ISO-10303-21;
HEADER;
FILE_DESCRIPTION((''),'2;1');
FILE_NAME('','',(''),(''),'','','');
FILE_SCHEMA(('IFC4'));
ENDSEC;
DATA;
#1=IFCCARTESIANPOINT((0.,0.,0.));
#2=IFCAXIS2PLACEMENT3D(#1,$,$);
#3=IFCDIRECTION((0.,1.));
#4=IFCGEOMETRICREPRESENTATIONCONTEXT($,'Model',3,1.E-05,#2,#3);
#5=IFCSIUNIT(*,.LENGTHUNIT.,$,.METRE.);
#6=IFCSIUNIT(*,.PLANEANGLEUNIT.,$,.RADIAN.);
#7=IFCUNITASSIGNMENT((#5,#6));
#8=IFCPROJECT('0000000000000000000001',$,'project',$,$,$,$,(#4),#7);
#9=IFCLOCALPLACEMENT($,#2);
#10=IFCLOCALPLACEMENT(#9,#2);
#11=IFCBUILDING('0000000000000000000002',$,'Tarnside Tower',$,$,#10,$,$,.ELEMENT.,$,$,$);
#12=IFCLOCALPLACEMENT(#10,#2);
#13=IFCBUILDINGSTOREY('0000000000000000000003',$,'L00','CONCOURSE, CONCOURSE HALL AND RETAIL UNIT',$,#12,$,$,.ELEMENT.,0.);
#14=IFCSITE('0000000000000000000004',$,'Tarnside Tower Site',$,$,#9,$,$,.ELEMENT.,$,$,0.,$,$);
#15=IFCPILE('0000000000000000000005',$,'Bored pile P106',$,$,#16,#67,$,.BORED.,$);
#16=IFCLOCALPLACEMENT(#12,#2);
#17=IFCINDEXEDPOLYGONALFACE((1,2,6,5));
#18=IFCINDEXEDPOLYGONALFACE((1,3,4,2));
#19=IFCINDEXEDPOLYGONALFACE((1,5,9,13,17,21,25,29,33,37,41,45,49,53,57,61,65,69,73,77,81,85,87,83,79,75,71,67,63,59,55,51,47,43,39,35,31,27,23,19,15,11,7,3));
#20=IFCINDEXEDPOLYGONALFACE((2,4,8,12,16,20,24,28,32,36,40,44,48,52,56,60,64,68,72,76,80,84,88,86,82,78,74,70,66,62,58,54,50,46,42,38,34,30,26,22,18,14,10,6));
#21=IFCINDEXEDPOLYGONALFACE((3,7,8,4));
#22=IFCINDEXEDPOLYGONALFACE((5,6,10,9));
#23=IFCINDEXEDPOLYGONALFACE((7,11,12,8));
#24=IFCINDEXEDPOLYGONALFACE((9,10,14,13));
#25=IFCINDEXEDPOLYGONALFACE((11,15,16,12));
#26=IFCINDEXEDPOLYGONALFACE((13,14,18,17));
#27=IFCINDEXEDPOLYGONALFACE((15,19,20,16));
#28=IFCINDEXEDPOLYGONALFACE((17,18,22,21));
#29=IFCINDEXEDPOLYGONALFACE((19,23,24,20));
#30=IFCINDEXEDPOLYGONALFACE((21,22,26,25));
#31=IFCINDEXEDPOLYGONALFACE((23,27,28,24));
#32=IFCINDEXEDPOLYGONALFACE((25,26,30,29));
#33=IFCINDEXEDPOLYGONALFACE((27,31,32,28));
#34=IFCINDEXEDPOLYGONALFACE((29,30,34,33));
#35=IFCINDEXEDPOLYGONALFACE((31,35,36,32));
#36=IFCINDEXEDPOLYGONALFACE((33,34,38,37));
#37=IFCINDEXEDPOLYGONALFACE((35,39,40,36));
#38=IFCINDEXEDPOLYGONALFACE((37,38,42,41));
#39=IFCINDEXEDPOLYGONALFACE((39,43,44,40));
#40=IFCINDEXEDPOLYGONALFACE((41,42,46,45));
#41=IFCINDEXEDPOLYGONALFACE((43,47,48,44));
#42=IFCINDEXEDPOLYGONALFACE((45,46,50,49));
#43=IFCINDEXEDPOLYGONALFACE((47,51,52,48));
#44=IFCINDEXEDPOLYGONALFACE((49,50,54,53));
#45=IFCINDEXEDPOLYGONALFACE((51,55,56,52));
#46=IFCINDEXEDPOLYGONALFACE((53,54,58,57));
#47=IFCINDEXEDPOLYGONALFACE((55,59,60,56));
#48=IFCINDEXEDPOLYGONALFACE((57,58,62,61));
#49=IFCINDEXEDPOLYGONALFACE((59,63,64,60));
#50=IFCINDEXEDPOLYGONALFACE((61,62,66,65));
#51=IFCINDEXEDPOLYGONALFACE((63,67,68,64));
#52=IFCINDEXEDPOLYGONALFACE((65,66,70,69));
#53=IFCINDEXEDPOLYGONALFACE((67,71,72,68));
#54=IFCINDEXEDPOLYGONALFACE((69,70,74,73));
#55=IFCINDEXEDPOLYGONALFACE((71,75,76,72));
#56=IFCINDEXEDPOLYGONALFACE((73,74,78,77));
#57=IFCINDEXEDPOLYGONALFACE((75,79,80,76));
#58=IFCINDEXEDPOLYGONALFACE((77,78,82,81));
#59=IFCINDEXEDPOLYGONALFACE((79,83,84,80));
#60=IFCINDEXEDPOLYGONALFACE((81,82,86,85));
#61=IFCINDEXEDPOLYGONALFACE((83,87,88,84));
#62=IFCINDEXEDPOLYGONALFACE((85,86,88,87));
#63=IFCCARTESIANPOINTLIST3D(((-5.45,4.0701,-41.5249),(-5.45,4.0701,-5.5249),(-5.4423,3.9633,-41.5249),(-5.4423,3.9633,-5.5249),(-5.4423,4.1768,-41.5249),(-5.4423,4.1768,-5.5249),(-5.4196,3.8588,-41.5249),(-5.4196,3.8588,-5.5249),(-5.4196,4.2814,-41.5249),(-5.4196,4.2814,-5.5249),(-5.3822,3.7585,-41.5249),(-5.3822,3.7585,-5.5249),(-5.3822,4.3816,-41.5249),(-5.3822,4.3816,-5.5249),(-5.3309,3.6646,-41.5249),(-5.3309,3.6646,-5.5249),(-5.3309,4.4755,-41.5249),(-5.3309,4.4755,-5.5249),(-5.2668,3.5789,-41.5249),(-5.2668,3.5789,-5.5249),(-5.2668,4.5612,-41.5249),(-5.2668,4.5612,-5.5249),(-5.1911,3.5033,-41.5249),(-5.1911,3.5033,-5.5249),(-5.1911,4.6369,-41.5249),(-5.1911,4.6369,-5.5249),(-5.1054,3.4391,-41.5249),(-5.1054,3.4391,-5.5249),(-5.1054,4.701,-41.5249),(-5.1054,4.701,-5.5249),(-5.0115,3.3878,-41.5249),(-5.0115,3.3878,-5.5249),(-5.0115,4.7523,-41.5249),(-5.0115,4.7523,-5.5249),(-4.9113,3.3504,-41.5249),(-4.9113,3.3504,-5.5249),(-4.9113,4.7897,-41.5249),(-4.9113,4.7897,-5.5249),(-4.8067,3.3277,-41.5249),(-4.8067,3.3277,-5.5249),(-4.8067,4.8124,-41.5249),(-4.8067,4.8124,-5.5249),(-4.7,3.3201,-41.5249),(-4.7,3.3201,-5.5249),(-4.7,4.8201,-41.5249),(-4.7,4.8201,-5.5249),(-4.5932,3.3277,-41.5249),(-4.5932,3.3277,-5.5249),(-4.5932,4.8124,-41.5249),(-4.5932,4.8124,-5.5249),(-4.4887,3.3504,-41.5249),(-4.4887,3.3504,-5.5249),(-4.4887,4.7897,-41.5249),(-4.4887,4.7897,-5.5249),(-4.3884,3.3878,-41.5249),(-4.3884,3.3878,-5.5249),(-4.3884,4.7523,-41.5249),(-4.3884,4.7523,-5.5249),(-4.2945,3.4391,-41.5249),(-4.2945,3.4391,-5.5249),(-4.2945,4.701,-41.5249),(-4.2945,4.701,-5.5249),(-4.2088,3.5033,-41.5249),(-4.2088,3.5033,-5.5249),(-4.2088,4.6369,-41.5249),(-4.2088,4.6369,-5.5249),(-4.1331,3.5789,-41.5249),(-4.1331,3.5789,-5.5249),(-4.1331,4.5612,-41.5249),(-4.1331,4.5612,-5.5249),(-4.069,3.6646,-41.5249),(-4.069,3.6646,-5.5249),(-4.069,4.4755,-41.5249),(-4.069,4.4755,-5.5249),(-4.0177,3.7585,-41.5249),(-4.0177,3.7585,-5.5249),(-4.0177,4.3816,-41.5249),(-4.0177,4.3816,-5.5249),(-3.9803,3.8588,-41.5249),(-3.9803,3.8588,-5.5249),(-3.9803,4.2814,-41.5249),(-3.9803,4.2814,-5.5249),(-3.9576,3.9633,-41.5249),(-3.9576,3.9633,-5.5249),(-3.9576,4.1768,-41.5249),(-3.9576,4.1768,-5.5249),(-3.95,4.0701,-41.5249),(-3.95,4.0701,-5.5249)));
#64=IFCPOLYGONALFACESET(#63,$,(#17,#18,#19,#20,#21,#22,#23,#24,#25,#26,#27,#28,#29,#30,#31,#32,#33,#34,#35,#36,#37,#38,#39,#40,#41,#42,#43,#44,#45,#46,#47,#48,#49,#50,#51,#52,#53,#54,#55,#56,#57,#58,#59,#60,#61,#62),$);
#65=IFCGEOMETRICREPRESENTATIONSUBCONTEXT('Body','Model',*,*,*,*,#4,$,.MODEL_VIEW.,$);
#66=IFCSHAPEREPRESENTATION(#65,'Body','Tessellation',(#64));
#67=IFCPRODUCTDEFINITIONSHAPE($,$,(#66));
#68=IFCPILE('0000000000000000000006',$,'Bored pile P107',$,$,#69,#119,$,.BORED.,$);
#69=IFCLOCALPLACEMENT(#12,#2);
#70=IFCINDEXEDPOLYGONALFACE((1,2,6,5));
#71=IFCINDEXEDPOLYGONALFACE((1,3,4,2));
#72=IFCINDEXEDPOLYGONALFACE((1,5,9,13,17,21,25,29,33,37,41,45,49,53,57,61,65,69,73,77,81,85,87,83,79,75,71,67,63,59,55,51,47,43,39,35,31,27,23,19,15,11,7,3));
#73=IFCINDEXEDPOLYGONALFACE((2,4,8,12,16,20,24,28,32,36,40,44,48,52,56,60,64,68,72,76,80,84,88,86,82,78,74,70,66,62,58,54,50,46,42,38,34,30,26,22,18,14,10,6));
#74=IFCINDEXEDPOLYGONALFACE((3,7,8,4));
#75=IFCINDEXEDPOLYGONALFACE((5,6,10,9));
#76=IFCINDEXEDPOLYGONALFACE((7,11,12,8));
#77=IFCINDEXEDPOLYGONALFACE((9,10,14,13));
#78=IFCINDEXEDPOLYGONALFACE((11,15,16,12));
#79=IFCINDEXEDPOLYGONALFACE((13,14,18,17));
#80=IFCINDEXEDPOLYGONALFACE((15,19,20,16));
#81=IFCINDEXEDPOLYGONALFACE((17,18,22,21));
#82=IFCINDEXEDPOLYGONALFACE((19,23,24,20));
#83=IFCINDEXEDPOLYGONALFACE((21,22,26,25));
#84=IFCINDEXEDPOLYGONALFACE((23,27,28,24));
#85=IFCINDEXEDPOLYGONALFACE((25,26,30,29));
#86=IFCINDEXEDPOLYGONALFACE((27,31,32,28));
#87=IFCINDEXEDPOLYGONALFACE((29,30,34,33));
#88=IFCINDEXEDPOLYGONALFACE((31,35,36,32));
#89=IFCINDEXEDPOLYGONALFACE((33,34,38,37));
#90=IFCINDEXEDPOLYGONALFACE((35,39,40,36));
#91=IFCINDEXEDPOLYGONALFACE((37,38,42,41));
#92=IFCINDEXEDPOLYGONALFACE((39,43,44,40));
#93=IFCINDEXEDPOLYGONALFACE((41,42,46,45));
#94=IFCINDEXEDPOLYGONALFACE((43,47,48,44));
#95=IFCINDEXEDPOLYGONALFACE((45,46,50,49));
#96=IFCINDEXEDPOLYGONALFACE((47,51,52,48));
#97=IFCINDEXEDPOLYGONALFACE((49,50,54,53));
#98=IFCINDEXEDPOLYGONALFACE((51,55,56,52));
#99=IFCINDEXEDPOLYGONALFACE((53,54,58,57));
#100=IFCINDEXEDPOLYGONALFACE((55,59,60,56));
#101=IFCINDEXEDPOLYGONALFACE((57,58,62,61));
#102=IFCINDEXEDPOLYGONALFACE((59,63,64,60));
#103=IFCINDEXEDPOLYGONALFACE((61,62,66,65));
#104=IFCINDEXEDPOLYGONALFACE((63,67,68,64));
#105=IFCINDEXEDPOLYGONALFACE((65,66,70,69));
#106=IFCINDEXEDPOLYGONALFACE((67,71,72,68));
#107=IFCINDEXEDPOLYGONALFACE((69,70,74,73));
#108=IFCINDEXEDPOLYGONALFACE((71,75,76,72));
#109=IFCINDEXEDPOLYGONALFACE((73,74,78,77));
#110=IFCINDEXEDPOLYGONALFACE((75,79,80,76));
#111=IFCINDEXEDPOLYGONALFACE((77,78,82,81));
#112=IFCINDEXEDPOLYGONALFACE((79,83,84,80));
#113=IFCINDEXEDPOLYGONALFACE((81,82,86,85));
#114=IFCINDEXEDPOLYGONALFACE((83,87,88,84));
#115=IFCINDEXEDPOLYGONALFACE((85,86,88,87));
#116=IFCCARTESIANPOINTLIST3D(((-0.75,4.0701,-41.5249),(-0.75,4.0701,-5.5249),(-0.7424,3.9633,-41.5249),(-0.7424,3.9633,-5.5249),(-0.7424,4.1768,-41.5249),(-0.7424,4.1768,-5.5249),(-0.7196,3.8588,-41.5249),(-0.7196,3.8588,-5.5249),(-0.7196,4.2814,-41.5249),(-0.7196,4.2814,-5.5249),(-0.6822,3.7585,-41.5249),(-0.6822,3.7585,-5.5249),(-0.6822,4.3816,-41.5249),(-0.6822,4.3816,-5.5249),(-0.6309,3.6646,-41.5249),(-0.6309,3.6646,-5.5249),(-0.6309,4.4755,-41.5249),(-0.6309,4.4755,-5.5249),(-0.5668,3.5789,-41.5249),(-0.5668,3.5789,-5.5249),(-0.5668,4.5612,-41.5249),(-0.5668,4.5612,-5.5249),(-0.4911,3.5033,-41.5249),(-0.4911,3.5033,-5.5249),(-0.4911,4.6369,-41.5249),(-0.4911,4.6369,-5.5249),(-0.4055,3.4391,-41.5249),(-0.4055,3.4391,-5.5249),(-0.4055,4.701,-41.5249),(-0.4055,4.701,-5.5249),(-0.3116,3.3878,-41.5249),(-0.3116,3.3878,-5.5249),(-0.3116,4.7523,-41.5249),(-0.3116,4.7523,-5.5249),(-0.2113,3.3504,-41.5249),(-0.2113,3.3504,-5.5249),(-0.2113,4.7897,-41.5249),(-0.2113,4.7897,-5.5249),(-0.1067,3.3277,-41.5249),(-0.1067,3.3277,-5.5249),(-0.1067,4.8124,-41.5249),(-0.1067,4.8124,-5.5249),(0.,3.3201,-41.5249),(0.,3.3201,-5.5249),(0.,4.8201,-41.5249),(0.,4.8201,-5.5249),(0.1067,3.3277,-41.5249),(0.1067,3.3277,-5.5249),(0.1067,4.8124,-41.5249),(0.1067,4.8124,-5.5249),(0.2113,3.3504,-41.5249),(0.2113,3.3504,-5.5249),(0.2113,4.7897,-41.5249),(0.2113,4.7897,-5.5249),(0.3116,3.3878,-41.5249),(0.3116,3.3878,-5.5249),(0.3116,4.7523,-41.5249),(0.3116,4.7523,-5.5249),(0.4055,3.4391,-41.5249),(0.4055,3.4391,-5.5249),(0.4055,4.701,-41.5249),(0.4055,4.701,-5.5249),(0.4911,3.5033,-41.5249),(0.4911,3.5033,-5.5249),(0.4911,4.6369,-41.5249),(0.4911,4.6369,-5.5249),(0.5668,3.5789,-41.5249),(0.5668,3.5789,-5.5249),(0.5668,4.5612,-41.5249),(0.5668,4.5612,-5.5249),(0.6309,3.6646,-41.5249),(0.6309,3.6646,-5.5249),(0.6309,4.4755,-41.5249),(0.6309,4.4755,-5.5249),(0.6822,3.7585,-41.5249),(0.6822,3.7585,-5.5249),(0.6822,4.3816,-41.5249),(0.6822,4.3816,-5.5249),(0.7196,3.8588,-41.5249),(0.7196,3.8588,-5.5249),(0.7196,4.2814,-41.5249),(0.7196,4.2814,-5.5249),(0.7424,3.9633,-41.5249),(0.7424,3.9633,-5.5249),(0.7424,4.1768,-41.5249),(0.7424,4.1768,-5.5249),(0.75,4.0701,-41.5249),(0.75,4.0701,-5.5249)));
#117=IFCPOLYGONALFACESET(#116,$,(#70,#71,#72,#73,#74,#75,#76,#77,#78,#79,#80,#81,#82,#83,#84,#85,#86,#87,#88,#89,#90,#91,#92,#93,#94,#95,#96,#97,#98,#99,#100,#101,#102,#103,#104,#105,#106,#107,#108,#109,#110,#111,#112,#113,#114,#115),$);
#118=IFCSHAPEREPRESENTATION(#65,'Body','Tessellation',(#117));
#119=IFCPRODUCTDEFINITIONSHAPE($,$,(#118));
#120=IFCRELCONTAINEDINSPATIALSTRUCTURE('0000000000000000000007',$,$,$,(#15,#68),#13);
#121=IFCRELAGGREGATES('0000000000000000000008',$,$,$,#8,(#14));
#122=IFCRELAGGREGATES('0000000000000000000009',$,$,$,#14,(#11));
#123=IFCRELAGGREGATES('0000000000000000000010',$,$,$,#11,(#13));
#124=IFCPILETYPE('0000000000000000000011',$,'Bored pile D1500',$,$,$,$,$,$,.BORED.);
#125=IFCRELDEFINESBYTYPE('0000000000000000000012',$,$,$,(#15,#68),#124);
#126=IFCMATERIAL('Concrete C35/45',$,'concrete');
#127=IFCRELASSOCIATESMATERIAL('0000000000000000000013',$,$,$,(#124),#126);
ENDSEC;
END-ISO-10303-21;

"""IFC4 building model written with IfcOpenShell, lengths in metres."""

from ifc_helpers import new_model, si_unit, direction, frame, origin, origin_2d, place, context, subcontext, project, spatial, circle, extrude, material, material_profile, profile_set, type_object, element, save


model = new_model("IFC4")

# Units and contexts
model_context = context("Model", 3, precision=1e-05, world=origin(), true_north=direction((0.0, 1.0)))
body_context = subcontext(model_context, "Body", "Model", "MODEL_VIEW")
ifc_project = project(units=[si_unit("LENGTHUNIT", "METRE"), si_unit("PLANEANGLEUNIT", "RADIAN")], contexts=[model_context])

# Site, building, storey
site_placement = place(None, origin())
site = spatial("IfcSite", under=ifc_project, at=site_placement, Name="Tarnside Tower Site", CompositionType="ELEMENT", RefElevation=0.0)
building_placement = place(site_placement, origin())
building = spatial("IfcBuilding", under=site, at=building_placement, Name="Tarnside Tower", CompositionType="ELEMENT")
storey_placement = place(building_placement, origin())
storey = spatial("IfcBuildingStorey", under=building, at=storey_placement, Name="L00", Description="CONCOURSE, CONCOURSE HALL AND RETAIL UNIT", CompositionType="ELEMENT", Elevation=0.0)

# Piles
ifc_material_1 = material(Name="Concrete C35/45", Category="concrete")
ifc_material_profile = material_profile(ifc_material_1, circle(Radius=0.75, at=origin_2d()), Name="Bored pile D1500")
ifc_profile_set = profile_set([ifc_material_profile], Name="Concrete C35/45")
pile_type = type_object("IfcPileType", Name="Bored pile D1500", PredefinedType="BORED", material=ifc_profile_set)
for number, where, z_axis, x_axis, name in (
    (1, (-4.7, 4.0701, -5.5249), (0.0, 0.0, -1.0), (1.0, 0.0, 0.0), "Bored pile P106"),
    (2, (0.0, 4.0701, -5.5249), (0.0, 0.0, -1.0), (1.0, 0.0, 0.0), "Bored pile P107"),
):
    element("IfcPile", number, at=place(storey_placement, frame(where, z_axis=z_axis, x_axis=x_axis)), inside=storey, type_object=pile_type, Name=name, PredefinedType="BORED", context=body_context, shape_type="SweptSolid", body=[
        extrude(circle(Radius=0.75, at=origin_2d()), origin(), (0.0, 0.0, 1.0), 36.0),
    ])

save(model, "model.ifc")
